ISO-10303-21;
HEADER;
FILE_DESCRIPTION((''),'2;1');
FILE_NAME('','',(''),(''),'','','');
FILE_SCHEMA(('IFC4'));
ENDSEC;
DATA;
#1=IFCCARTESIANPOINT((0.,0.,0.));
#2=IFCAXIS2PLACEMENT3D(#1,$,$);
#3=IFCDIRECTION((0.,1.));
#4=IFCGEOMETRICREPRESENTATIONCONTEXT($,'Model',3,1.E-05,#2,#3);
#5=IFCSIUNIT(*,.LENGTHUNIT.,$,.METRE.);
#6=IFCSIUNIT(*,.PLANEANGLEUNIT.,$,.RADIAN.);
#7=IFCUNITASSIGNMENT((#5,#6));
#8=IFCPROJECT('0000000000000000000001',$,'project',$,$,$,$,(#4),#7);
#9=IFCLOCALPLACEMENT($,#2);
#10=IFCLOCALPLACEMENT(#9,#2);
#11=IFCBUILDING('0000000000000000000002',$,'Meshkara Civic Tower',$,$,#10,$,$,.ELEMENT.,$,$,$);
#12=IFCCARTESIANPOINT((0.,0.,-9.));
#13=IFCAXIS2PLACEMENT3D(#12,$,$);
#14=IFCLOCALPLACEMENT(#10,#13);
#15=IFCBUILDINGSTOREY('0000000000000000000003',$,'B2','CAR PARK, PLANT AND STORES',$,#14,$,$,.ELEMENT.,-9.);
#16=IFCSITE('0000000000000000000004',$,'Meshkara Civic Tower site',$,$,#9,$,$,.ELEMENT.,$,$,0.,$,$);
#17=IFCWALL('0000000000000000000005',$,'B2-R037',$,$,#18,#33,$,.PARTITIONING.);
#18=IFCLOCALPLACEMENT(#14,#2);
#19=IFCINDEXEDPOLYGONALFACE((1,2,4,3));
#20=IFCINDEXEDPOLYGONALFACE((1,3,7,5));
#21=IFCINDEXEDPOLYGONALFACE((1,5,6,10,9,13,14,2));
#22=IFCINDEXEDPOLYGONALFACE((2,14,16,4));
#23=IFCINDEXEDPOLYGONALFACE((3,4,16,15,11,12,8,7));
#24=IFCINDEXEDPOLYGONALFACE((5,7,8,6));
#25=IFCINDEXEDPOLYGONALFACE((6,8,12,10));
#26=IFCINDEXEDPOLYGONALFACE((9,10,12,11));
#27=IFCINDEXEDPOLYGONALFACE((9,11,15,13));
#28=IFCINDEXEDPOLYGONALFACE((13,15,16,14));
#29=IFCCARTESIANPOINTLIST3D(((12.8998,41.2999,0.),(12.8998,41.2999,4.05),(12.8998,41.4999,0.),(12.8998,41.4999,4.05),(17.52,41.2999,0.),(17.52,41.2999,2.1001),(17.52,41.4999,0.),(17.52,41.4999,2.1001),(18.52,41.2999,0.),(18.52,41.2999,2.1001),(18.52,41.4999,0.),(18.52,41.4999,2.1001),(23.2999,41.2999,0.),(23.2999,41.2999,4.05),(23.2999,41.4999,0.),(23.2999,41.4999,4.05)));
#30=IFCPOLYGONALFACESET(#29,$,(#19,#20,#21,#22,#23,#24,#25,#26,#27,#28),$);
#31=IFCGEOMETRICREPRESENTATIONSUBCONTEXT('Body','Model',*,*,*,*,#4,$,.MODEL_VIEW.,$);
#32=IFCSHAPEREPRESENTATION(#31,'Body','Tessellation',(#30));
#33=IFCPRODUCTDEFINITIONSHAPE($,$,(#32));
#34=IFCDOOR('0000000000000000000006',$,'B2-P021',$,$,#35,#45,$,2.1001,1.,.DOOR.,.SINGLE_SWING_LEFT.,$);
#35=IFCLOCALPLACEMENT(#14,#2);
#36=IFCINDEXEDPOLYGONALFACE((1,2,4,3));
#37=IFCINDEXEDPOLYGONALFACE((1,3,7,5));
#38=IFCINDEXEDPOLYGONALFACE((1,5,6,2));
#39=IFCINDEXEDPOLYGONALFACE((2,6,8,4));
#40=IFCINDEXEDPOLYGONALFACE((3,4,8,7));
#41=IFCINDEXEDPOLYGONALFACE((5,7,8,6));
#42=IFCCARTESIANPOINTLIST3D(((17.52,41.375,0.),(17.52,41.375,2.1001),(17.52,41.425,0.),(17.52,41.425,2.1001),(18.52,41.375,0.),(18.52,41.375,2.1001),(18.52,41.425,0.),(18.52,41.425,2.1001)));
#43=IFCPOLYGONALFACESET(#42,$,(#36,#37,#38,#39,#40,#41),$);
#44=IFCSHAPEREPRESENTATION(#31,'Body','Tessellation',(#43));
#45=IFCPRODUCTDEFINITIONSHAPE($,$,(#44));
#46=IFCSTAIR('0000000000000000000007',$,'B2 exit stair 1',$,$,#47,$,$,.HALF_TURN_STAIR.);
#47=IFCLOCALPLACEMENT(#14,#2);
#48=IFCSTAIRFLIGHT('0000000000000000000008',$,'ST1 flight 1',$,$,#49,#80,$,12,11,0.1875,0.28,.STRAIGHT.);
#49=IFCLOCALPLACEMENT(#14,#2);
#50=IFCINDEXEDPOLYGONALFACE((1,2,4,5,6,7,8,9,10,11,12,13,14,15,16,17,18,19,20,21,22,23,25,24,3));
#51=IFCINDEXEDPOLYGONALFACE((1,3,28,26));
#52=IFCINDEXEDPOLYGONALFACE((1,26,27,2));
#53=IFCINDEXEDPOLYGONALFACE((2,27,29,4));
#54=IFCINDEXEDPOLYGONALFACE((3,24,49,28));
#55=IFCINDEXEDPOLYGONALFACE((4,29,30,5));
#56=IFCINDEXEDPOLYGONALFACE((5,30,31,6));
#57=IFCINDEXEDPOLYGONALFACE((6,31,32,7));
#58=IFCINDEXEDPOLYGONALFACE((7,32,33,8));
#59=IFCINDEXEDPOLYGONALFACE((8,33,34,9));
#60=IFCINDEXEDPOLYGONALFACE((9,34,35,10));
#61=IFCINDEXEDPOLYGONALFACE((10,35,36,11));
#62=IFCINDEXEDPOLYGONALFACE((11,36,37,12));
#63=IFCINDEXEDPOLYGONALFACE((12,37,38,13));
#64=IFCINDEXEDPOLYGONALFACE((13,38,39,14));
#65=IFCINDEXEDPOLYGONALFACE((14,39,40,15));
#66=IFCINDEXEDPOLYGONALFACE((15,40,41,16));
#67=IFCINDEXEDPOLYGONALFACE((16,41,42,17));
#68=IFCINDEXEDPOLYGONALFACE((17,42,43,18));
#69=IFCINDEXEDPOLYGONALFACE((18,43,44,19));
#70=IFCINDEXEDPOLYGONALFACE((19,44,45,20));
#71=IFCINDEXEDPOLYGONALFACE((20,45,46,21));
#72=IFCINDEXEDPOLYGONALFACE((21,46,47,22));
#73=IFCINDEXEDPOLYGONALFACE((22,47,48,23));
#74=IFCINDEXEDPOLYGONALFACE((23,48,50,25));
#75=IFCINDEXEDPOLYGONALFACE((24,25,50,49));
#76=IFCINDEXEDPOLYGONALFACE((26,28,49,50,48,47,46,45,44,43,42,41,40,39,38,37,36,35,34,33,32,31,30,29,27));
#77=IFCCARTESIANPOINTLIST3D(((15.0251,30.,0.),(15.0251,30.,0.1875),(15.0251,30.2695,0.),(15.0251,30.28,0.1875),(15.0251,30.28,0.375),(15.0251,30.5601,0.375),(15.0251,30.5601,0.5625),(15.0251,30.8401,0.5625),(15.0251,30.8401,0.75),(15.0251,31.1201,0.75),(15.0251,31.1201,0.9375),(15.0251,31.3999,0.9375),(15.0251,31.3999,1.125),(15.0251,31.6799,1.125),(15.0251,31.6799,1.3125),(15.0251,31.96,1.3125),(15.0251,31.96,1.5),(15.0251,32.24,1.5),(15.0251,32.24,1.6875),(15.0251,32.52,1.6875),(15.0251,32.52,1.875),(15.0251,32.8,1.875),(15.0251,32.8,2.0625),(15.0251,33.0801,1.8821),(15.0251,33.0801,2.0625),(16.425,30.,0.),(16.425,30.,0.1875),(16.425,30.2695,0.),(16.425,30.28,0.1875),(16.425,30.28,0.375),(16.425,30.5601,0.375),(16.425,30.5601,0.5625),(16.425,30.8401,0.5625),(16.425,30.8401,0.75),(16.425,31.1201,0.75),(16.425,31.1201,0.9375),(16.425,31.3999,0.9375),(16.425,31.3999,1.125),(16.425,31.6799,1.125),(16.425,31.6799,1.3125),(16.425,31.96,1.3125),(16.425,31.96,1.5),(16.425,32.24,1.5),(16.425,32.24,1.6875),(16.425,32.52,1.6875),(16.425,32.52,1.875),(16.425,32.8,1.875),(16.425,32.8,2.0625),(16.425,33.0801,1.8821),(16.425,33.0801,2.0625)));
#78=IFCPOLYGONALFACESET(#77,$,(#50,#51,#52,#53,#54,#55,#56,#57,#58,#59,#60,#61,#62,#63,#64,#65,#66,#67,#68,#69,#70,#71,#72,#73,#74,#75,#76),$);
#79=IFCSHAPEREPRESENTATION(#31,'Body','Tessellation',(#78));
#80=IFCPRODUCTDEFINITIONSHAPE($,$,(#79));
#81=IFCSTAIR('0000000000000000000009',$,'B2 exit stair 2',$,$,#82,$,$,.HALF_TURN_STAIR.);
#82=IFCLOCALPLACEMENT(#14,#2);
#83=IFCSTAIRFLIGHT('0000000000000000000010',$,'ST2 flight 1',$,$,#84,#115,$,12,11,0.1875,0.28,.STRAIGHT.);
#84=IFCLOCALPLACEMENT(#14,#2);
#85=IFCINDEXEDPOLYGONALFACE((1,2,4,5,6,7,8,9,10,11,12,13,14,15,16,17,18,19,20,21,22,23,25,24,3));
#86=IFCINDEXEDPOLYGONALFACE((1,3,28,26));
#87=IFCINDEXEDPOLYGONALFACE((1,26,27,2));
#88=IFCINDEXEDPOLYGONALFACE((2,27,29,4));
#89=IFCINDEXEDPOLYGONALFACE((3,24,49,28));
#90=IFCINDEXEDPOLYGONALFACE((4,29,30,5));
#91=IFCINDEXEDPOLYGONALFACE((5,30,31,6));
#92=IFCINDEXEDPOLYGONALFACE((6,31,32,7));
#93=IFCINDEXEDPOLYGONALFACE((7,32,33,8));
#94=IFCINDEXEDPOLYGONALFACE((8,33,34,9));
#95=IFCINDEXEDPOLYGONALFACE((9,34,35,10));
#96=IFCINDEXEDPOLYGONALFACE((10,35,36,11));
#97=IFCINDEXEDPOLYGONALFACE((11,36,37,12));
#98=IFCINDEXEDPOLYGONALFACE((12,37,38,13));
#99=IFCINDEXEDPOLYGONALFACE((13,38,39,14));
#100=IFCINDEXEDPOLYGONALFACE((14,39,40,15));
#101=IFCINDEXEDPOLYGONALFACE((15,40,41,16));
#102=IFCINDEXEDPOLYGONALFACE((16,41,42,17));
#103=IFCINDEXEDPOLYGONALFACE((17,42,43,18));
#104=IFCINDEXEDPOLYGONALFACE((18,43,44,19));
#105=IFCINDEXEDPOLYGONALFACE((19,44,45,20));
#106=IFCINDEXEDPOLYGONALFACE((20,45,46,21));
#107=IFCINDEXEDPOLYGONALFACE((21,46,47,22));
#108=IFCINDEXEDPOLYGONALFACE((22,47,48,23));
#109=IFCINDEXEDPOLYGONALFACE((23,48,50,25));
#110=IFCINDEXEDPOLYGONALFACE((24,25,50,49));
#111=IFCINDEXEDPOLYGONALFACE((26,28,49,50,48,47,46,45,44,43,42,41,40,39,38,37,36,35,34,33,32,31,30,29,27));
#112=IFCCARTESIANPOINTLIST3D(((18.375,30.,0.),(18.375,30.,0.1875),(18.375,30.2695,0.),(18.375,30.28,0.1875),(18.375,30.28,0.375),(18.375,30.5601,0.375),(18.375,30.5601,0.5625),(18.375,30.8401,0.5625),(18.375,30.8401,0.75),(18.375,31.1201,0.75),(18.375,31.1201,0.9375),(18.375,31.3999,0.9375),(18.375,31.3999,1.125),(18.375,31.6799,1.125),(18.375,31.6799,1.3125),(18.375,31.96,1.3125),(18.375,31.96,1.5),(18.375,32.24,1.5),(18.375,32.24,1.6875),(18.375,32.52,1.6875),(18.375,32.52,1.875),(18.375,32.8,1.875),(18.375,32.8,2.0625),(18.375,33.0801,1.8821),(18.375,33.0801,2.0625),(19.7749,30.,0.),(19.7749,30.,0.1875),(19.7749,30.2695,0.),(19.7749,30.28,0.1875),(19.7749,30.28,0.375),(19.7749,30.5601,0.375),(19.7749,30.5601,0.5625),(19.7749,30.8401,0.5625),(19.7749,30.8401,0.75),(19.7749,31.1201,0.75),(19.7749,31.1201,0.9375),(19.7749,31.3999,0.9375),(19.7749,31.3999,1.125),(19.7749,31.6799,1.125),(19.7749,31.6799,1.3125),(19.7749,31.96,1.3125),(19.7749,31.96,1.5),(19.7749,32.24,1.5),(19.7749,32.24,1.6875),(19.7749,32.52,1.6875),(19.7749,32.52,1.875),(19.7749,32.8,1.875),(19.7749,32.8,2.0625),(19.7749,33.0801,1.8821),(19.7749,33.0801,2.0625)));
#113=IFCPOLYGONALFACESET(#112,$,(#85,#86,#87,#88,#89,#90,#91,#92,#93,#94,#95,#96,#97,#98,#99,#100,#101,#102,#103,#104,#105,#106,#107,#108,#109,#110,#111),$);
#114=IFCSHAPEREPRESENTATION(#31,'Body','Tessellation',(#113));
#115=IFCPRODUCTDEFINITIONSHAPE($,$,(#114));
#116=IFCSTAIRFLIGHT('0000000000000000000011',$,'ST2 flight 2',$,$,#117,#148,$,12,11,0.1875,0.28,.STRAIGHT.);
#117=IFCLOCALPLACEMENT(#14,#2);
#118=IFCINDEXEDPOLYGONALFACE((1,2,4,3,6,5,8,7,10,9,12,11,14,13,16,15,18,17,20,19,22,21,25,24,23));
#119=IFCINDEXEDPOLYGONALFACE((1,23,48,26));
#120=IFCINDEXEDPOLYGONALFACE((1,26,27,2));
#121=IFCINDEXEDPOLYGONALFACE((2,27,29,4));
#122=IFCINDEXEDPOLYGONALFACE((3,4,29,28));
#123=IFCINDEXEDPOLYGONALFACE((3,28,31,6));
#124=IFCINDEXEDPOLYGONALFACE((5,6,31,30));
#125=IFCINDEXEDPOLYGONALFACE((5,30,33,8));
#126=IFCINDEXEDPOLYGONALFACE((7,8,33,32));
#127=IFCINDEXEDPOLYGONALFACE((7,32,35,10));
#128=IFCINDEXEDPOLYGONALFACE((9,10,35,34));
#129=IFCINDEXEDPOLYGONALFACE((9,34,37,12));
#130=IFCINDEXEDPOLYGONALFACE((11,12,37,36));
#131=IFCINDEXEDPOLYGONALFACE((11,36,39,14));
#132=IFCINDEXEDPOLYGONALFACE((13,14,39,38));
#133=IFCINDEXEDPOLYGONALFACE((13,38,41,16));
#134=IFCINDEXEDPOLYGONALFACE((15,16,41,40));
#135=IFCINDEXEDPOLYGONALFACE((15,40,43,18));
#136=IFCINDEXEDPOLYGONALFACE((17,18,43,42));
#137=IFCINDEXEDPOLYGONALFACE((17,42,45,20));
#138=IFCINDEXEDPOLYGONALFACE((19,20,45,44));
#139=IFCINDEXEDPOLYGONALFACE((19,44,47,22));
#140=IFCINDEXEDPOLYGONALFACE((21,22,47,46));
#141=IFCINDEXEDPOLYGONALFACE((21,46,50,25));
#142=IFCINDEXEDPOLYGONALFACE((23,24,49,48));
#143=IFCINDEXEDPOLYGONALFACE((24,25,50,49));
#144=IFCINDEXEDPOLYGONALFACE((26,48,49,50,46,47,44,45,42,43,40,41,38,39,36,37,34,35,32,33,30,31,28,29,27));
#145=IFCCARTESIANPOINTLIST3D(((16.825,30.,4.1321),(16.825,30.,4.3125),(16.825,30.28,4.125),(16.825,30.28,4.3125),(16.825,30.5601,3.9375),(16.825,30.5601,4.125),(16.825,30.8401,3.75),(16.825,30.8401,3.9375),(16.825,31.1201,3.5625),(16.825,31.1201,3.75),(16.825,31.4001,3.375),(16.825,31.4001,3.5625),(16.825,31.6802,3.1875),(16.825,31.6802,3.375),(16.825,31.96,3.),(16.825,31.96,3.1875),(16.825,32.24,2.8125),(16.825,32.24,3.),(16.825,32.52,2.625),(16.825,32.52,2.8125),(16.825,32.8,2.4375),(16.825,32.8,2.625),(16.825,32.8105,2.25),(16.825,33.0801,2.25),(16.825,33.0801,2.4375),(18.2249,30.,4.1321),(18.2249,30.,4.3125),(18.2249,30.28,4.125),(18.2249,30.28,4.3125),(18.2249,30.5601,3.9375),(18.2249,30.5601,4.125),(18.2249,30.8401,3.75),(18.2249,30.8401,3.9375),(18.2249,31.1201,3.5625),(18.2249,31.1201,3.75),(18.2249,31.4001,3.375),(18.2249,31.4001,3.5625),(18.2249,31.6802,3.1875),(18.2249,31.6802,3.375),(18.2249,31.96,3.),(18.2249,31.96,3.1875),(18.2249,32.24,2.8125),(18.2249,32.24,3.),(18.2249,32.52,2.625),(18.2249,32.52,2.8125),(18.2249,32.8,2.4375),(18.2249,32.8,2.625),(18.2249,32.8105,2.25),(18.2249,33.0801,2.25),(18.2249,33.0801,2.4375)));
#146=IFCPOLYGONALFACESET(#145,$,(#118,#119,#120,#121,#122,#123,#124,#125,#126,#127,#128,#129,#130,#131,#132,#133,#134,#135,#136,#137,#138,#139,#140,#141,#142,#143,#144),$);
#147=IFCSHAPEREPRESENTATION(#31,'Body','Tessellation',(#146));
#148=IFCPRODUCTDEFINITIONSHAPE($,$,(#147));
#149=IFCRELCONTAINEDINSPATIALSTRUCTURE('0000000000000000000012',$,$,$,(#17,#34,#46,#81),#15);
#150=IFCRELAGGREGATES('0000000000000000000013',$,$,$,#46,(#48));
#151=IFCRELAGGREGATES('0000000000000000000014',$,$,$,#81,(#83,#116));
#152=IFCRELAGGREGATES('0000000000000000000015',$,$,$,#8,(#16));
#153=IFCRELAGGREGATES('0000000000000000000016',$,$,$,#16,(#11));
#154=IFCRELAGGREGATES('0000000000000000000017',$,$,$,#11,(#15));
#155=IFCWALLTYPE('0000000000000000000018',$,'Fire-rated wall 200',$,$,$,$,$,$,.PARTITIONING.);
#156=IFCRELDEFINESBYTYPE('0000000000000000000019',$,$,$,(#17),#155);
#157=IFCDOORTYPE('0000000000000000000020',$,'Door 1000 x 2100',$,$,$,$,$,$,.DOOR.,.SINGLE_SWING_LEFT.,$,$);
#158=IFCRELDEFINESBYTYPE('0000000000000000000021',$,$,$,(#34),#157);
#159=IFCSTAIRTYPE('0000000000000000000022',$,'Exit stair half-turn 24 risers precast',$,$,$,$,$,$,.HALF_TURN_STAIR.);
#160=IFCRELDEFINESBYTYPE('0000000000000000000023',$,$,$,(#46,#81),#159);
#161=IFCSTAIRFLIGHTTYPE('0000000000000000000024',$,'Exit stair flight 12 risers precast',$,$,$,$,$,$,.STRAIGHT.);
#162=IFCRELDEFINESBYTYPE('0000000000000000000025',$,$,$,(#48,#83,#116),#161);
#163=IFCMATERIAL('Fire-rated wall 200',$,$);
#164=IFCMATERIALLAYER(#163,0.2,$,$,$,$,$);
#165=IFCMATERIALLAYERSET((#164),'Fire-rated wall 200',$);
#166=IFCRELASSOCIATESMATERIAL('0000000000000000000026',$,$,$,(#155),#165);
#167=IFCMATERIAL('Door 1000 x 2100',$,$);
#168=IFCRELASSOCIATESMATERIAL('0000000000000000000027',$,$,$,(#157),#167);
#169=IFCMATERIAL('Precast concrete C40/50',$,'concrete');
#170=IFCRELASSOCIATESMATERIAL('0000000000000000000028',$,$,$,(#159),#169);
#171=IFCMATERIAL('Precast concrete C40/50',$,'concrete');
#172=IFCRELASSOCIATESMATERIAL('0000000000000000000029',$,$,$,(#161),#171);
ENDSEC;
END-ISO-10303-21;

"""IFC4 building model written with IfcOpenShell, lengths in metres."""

from ifc_helpers import new_model, si_unit, direction, frame, frame_2d, origin, place, context, subcontext, project, spatial, polyline, rectangle, outline, extrude, material, layer, layer_set, type_object, element, fill, aggregate, save


model = new_model("IFC4")

# Units and contexts
model_context = context("Model", 3, precision=1e-05, world=origin(), true_north=direction((0.0, 1.0)))
body_context = subcontext(model_context, "Body", "Model", "MODEL_VIEW")
ifc_project = project(units=[si_unit("LENGTHUNIT", "METRE"), si_unit("PLANEANGLEUNIT", "RADIAN")], contexts=[model_context])

# Site, building, storey
site_placement = place(None, origin())
site = spatial("IfcSite", under=ifc_project, at=site_placement, Name="Meshkara Civic Tower site", CompositionType="ELEMENT", RefElevation=0.0)
building_placement = place(site_placement, origin())
building = spatial("IfcBuilding", under=site, at=building_placement, Name="Meshkara Civic Tower", CompositionType="ELEMENT")
storey_placement = place(building_placement, frame((0.0, 0.0, -9.0)))
storey = spatial("IfcBuildingStorey", under=building, at=storey_placement, Name="B2", Description="CAR PARK, PLANT AND STORES", CompositionType="ELEMENT", Elevation=-9.0)

# Wall, opening, door
ifc_material_1 = material(Name="Fire-rated wall 200")
ifc_layer_1 = layer(ifc_material_1, 0.2)
ifc_layer_set_1 = layer_set([ifc_layer_1], Name="Fire-rated wall 200")
wall_type_1 = type_object("IfcWallType", Name="Fire-rated wall 200", PredefinedType="PARTITIONING", material=ifc_layer_set_1)
wall_1_placement = place(storey_placement, frame((23.3, 41.3999, 0.0), z_axis=(0.0, 0.0, 1.0), x_axis=(-1.0, 0.0, 0.0)))
wall_1 = element("IfcWall", 1, at=wall_1_placement, inside=storey, type_object=wall_type_1, Name="B2-R037", PredefinedType="PARTITIONING", context=body_context, shape_type="SweptSolid", body=[
    extrude(rectangle(XDim=10.4001, YDim=0.2, at=frame_2d((5.2002, 0.0))), origin(), (0.0, 0.0, 1.0), 4.05),
])
opening_1_placement = place(wall_1_placement, frame((4.78, 0.0, 0.0)))
opening_1 = element("IfcOpeningElement", 2, at=opening_1_placement, cuts=wall_1, PredefinedType="OPENING", context=body_context, shape_type="SweptSolid", body=[
    extrude(rectangle(XDim=1.0, YDim=2.1001, at=frame_2d((0.5, 1.05))), frame((0.0, 0.1099, 0.0), z_axis=(0.0, -1.0, 0.0), x_axis=(1.0, 0.0, 0.0)), (0.0, 0.0, 1.0), 0.22),
])
ifc_material_2 = material(Name="Door 1000 x 2100")
door_type_1 = type_object("IfcDoorType", Name="Door 1000 x 2100", OperationType="SINGLE_SWING_LEFT", PredefinedType="DOOR", material=ifc_material_2)
door_1_placement = place(opening_1_placement, origin())
door_1 = element("IfcDoor", 3, at=door_1_placement, inside=storey, type_object=door_type_1, Name="B2-P021", OperationType="SINGLE_SWING_LEFT", OverallHeight=2.1001, OverallWidth=1.0, PredefinedType="DOOR", context=body_context, shape_type="SweptSolid", body=[
    extrude(rectangle(XDim=1.0, YDim=2.1001, at=frame_2d((0.5, 1.05))), frame((0.0, 0.0249, 0.0), z_axis=(0.0, -1.0, 0.0), x_axis=(1.0, 0.0, 0.0)), (0.0, 0.0, 1.0), 0.05),
])
fill(opening_1, door_1)

# Stair, stair flight
ifc_material_3 = material(Name="Precast concrete C40/50", Category="concrete")
stair_type = type_object("IfcStairType", Name="Exit stair half-turn 24 risers precast", PredefinedType="HALF_TURN_STAIR", material=ifc_material_3)
stair_1_placement = place(storey_placement, origin())
stair_1 = element("IfcStair", 4, at=stair_1_placement, inside=storey, type_object=stair_type, Name="B2 exit stair 1", PredefinedType="HALF_TURN_STAIR")
ifc_material_4 = material(Name="Precast concrete C40/50", Category="concrete")
stair_flight_type = type_object("IfcStairFlightType", Name="Exit stair flight 12 risers precast", PredefinedType="STRAIGHT", material=ifc_material_4)
stair_flight_1_placement = place(storey_placement, frame((15.7251, 30.0, 0.0), z_axis=(0.0, 0.0, 1.0), x_axis=(0.0, 1.0, 0.0)))
stair_flight_1 = element("IfcStairFlight", 5, at=stair_flight_1_placement, type_object=stair_flight_type, Name="ST1 flight 1", NumberOfRisers=12, NumberOfTreads=11, PredefinedType="STRAIGHT", RiserHeight=0.1875, TreadLength=0.28, context=body_context, shape_type="SweptSolid", body=[
    extrude(outline(polyline([(0.0, 0.0), (0.0, 0.1875), (0.28, 0.1875), (0.28, 0.375), (0.5601, 0.375), (0.5601, 0.5625), (0.8401, 0.5625), (0.8401, 0.75), (1.1201, 0.75), (1.1201, 0.9375), (1.3999, 0.9375), (1.3999, 1.125), (1.6799, 1.125), (1.6799, 1.3125), (1.96, 1.3125), (1.96, 1.5), (2.24, 1.5), (2.24, 1.6875), (2.52, 1.6875), (2.52, 1.875), (2.8, 1.875), (2.8, 2.0625), (3.0801, 2.0625), (3.0801, 2.25), (3.0801, 1.8821), (0.2695, 0.0), (0.0, 0.0)])), frame((0.0, 0.7, 0.0), z_axis=(0.0, -1.0, 0.0), x_axis=(1.0, 0.0, 0.0)), (0.0, 0.0, 1.0), 1.3999),
])
aggregate(stair_1, [stair_flight_1])

# Stair, stair flights
stair_2_placement = place(storey_placement, origin())
stair_2 = element("IfcStair", 6, at=stair_2_placement, inside=storey, type_object=stair_type, Name="B2 exit stair 2", PredefinedType="HALF_TURN_STAIR")
stair_flight_2_placement = place(storey_placement, frame((19.075, 30.0, 0.0), z_axis=(0.0, 0.0, 1.0), x_axis=(0.0, 1.0, 0.0)))
stair_flight_2 = element("IfcStairFlight", 7, at=stair_flight_2_placement, type_object=stair_flight_type, Name="ST2 flight 1", NumberOfRisers=12, NumberOfTreads=11, PredefinedType="STRAIGHT", RiserHeight=0.1875, TreadLength=0.28, context=body_context, shape_type="SweptSolid", body=[
    extrude(outline(polyline([(0.0, 0.0), (0.0, 0.1875), (0.28, 0.1875), (0.28, 0.375), (0.5601, 0.375), (0.5601, 0.5625), (0.8401, 0.5625), (0.8401, 0.75), (1.1201, 0.75), (1.1201, 0.9375), (1.3999, 0.9375), (1.3999, 1.125), (1.6799, 1.125), (1.6799, 1.3125), (1.96, 1.3125), (1.96, 1.5), (2.24, 1.5), (2.24, 1.6875), (2.52, 1.6875), (2.52, 1.875), (2.8, 1.875), (2.8, 2.0625), (3.0801, 2.0625), (3.0801, 2.25), (3.0801, 1.8821), (0.2695, 0.0), (0.0, 0.0)])), frame((0.0, 0.7, 0.0), z_axis=(0.0, -1.0, 0.0), x_axis=(1.0, 0.0, 0.0)), (0.0, 0.0, 1.0), 1.3999),
])
stair_flight_3_placement = place(storey_placement, frame((17.5249, 33.0801, 2.25), z_axis=(0.0, 0.0, 1.0), x_axis=(0.0, -1.0, 0.0)))
stair_flight_3 = element("IfcStairFlight", 8, at=stair_flight_3_placement, type_object=stair_flight_type, Name="ST2 flight 2", NumberOfRisers=12, NumberOfTreads=11, PredefinedType="STRAIGHT", RiserHeight=0.1875, TreadLength=0.28, context=body_context, shape_type="SweptSolid", body=[
    extrude(outline(polyline([(0.0, 0.0), (0.0, 0.1875), (0.28, 0.1875), (0.28, 0.375), (0.5601, 0.375), (0.5601, 0.5625), (0.8401, 0.5625), (0.8401, 0.75), (1.1201, 0.75), (1.1201, 0.9375), (1.3999, 0.9375), (1.3999, 1.125), (1.6799, 1.125), (1.6799, 1.3125), (1.96, 1.3125), (1.96, 1.5), (2.24, 1.5), (2.24, 1.6875), (2.52, 1.6875), (2.52, 1.875), (2.8, 1.875), (2.8, 2.0625), (3.0801, 2.0625), (3.0801, 2.25), (3.0801, 1.8821), (0.2695, 0.0), (0.0, 0.0)])), frame((0.0, 0.7, 0.0), z_axis=(0.0, -1.0, 0.0), x_axis=(1.0, 0.0, 0.0)), (0.0, 0.0, 1.0), 1.3999),
])
aggregate(stair_2, [stair_flight_2, stair_flight_3])

save(model, "model.ifc")
